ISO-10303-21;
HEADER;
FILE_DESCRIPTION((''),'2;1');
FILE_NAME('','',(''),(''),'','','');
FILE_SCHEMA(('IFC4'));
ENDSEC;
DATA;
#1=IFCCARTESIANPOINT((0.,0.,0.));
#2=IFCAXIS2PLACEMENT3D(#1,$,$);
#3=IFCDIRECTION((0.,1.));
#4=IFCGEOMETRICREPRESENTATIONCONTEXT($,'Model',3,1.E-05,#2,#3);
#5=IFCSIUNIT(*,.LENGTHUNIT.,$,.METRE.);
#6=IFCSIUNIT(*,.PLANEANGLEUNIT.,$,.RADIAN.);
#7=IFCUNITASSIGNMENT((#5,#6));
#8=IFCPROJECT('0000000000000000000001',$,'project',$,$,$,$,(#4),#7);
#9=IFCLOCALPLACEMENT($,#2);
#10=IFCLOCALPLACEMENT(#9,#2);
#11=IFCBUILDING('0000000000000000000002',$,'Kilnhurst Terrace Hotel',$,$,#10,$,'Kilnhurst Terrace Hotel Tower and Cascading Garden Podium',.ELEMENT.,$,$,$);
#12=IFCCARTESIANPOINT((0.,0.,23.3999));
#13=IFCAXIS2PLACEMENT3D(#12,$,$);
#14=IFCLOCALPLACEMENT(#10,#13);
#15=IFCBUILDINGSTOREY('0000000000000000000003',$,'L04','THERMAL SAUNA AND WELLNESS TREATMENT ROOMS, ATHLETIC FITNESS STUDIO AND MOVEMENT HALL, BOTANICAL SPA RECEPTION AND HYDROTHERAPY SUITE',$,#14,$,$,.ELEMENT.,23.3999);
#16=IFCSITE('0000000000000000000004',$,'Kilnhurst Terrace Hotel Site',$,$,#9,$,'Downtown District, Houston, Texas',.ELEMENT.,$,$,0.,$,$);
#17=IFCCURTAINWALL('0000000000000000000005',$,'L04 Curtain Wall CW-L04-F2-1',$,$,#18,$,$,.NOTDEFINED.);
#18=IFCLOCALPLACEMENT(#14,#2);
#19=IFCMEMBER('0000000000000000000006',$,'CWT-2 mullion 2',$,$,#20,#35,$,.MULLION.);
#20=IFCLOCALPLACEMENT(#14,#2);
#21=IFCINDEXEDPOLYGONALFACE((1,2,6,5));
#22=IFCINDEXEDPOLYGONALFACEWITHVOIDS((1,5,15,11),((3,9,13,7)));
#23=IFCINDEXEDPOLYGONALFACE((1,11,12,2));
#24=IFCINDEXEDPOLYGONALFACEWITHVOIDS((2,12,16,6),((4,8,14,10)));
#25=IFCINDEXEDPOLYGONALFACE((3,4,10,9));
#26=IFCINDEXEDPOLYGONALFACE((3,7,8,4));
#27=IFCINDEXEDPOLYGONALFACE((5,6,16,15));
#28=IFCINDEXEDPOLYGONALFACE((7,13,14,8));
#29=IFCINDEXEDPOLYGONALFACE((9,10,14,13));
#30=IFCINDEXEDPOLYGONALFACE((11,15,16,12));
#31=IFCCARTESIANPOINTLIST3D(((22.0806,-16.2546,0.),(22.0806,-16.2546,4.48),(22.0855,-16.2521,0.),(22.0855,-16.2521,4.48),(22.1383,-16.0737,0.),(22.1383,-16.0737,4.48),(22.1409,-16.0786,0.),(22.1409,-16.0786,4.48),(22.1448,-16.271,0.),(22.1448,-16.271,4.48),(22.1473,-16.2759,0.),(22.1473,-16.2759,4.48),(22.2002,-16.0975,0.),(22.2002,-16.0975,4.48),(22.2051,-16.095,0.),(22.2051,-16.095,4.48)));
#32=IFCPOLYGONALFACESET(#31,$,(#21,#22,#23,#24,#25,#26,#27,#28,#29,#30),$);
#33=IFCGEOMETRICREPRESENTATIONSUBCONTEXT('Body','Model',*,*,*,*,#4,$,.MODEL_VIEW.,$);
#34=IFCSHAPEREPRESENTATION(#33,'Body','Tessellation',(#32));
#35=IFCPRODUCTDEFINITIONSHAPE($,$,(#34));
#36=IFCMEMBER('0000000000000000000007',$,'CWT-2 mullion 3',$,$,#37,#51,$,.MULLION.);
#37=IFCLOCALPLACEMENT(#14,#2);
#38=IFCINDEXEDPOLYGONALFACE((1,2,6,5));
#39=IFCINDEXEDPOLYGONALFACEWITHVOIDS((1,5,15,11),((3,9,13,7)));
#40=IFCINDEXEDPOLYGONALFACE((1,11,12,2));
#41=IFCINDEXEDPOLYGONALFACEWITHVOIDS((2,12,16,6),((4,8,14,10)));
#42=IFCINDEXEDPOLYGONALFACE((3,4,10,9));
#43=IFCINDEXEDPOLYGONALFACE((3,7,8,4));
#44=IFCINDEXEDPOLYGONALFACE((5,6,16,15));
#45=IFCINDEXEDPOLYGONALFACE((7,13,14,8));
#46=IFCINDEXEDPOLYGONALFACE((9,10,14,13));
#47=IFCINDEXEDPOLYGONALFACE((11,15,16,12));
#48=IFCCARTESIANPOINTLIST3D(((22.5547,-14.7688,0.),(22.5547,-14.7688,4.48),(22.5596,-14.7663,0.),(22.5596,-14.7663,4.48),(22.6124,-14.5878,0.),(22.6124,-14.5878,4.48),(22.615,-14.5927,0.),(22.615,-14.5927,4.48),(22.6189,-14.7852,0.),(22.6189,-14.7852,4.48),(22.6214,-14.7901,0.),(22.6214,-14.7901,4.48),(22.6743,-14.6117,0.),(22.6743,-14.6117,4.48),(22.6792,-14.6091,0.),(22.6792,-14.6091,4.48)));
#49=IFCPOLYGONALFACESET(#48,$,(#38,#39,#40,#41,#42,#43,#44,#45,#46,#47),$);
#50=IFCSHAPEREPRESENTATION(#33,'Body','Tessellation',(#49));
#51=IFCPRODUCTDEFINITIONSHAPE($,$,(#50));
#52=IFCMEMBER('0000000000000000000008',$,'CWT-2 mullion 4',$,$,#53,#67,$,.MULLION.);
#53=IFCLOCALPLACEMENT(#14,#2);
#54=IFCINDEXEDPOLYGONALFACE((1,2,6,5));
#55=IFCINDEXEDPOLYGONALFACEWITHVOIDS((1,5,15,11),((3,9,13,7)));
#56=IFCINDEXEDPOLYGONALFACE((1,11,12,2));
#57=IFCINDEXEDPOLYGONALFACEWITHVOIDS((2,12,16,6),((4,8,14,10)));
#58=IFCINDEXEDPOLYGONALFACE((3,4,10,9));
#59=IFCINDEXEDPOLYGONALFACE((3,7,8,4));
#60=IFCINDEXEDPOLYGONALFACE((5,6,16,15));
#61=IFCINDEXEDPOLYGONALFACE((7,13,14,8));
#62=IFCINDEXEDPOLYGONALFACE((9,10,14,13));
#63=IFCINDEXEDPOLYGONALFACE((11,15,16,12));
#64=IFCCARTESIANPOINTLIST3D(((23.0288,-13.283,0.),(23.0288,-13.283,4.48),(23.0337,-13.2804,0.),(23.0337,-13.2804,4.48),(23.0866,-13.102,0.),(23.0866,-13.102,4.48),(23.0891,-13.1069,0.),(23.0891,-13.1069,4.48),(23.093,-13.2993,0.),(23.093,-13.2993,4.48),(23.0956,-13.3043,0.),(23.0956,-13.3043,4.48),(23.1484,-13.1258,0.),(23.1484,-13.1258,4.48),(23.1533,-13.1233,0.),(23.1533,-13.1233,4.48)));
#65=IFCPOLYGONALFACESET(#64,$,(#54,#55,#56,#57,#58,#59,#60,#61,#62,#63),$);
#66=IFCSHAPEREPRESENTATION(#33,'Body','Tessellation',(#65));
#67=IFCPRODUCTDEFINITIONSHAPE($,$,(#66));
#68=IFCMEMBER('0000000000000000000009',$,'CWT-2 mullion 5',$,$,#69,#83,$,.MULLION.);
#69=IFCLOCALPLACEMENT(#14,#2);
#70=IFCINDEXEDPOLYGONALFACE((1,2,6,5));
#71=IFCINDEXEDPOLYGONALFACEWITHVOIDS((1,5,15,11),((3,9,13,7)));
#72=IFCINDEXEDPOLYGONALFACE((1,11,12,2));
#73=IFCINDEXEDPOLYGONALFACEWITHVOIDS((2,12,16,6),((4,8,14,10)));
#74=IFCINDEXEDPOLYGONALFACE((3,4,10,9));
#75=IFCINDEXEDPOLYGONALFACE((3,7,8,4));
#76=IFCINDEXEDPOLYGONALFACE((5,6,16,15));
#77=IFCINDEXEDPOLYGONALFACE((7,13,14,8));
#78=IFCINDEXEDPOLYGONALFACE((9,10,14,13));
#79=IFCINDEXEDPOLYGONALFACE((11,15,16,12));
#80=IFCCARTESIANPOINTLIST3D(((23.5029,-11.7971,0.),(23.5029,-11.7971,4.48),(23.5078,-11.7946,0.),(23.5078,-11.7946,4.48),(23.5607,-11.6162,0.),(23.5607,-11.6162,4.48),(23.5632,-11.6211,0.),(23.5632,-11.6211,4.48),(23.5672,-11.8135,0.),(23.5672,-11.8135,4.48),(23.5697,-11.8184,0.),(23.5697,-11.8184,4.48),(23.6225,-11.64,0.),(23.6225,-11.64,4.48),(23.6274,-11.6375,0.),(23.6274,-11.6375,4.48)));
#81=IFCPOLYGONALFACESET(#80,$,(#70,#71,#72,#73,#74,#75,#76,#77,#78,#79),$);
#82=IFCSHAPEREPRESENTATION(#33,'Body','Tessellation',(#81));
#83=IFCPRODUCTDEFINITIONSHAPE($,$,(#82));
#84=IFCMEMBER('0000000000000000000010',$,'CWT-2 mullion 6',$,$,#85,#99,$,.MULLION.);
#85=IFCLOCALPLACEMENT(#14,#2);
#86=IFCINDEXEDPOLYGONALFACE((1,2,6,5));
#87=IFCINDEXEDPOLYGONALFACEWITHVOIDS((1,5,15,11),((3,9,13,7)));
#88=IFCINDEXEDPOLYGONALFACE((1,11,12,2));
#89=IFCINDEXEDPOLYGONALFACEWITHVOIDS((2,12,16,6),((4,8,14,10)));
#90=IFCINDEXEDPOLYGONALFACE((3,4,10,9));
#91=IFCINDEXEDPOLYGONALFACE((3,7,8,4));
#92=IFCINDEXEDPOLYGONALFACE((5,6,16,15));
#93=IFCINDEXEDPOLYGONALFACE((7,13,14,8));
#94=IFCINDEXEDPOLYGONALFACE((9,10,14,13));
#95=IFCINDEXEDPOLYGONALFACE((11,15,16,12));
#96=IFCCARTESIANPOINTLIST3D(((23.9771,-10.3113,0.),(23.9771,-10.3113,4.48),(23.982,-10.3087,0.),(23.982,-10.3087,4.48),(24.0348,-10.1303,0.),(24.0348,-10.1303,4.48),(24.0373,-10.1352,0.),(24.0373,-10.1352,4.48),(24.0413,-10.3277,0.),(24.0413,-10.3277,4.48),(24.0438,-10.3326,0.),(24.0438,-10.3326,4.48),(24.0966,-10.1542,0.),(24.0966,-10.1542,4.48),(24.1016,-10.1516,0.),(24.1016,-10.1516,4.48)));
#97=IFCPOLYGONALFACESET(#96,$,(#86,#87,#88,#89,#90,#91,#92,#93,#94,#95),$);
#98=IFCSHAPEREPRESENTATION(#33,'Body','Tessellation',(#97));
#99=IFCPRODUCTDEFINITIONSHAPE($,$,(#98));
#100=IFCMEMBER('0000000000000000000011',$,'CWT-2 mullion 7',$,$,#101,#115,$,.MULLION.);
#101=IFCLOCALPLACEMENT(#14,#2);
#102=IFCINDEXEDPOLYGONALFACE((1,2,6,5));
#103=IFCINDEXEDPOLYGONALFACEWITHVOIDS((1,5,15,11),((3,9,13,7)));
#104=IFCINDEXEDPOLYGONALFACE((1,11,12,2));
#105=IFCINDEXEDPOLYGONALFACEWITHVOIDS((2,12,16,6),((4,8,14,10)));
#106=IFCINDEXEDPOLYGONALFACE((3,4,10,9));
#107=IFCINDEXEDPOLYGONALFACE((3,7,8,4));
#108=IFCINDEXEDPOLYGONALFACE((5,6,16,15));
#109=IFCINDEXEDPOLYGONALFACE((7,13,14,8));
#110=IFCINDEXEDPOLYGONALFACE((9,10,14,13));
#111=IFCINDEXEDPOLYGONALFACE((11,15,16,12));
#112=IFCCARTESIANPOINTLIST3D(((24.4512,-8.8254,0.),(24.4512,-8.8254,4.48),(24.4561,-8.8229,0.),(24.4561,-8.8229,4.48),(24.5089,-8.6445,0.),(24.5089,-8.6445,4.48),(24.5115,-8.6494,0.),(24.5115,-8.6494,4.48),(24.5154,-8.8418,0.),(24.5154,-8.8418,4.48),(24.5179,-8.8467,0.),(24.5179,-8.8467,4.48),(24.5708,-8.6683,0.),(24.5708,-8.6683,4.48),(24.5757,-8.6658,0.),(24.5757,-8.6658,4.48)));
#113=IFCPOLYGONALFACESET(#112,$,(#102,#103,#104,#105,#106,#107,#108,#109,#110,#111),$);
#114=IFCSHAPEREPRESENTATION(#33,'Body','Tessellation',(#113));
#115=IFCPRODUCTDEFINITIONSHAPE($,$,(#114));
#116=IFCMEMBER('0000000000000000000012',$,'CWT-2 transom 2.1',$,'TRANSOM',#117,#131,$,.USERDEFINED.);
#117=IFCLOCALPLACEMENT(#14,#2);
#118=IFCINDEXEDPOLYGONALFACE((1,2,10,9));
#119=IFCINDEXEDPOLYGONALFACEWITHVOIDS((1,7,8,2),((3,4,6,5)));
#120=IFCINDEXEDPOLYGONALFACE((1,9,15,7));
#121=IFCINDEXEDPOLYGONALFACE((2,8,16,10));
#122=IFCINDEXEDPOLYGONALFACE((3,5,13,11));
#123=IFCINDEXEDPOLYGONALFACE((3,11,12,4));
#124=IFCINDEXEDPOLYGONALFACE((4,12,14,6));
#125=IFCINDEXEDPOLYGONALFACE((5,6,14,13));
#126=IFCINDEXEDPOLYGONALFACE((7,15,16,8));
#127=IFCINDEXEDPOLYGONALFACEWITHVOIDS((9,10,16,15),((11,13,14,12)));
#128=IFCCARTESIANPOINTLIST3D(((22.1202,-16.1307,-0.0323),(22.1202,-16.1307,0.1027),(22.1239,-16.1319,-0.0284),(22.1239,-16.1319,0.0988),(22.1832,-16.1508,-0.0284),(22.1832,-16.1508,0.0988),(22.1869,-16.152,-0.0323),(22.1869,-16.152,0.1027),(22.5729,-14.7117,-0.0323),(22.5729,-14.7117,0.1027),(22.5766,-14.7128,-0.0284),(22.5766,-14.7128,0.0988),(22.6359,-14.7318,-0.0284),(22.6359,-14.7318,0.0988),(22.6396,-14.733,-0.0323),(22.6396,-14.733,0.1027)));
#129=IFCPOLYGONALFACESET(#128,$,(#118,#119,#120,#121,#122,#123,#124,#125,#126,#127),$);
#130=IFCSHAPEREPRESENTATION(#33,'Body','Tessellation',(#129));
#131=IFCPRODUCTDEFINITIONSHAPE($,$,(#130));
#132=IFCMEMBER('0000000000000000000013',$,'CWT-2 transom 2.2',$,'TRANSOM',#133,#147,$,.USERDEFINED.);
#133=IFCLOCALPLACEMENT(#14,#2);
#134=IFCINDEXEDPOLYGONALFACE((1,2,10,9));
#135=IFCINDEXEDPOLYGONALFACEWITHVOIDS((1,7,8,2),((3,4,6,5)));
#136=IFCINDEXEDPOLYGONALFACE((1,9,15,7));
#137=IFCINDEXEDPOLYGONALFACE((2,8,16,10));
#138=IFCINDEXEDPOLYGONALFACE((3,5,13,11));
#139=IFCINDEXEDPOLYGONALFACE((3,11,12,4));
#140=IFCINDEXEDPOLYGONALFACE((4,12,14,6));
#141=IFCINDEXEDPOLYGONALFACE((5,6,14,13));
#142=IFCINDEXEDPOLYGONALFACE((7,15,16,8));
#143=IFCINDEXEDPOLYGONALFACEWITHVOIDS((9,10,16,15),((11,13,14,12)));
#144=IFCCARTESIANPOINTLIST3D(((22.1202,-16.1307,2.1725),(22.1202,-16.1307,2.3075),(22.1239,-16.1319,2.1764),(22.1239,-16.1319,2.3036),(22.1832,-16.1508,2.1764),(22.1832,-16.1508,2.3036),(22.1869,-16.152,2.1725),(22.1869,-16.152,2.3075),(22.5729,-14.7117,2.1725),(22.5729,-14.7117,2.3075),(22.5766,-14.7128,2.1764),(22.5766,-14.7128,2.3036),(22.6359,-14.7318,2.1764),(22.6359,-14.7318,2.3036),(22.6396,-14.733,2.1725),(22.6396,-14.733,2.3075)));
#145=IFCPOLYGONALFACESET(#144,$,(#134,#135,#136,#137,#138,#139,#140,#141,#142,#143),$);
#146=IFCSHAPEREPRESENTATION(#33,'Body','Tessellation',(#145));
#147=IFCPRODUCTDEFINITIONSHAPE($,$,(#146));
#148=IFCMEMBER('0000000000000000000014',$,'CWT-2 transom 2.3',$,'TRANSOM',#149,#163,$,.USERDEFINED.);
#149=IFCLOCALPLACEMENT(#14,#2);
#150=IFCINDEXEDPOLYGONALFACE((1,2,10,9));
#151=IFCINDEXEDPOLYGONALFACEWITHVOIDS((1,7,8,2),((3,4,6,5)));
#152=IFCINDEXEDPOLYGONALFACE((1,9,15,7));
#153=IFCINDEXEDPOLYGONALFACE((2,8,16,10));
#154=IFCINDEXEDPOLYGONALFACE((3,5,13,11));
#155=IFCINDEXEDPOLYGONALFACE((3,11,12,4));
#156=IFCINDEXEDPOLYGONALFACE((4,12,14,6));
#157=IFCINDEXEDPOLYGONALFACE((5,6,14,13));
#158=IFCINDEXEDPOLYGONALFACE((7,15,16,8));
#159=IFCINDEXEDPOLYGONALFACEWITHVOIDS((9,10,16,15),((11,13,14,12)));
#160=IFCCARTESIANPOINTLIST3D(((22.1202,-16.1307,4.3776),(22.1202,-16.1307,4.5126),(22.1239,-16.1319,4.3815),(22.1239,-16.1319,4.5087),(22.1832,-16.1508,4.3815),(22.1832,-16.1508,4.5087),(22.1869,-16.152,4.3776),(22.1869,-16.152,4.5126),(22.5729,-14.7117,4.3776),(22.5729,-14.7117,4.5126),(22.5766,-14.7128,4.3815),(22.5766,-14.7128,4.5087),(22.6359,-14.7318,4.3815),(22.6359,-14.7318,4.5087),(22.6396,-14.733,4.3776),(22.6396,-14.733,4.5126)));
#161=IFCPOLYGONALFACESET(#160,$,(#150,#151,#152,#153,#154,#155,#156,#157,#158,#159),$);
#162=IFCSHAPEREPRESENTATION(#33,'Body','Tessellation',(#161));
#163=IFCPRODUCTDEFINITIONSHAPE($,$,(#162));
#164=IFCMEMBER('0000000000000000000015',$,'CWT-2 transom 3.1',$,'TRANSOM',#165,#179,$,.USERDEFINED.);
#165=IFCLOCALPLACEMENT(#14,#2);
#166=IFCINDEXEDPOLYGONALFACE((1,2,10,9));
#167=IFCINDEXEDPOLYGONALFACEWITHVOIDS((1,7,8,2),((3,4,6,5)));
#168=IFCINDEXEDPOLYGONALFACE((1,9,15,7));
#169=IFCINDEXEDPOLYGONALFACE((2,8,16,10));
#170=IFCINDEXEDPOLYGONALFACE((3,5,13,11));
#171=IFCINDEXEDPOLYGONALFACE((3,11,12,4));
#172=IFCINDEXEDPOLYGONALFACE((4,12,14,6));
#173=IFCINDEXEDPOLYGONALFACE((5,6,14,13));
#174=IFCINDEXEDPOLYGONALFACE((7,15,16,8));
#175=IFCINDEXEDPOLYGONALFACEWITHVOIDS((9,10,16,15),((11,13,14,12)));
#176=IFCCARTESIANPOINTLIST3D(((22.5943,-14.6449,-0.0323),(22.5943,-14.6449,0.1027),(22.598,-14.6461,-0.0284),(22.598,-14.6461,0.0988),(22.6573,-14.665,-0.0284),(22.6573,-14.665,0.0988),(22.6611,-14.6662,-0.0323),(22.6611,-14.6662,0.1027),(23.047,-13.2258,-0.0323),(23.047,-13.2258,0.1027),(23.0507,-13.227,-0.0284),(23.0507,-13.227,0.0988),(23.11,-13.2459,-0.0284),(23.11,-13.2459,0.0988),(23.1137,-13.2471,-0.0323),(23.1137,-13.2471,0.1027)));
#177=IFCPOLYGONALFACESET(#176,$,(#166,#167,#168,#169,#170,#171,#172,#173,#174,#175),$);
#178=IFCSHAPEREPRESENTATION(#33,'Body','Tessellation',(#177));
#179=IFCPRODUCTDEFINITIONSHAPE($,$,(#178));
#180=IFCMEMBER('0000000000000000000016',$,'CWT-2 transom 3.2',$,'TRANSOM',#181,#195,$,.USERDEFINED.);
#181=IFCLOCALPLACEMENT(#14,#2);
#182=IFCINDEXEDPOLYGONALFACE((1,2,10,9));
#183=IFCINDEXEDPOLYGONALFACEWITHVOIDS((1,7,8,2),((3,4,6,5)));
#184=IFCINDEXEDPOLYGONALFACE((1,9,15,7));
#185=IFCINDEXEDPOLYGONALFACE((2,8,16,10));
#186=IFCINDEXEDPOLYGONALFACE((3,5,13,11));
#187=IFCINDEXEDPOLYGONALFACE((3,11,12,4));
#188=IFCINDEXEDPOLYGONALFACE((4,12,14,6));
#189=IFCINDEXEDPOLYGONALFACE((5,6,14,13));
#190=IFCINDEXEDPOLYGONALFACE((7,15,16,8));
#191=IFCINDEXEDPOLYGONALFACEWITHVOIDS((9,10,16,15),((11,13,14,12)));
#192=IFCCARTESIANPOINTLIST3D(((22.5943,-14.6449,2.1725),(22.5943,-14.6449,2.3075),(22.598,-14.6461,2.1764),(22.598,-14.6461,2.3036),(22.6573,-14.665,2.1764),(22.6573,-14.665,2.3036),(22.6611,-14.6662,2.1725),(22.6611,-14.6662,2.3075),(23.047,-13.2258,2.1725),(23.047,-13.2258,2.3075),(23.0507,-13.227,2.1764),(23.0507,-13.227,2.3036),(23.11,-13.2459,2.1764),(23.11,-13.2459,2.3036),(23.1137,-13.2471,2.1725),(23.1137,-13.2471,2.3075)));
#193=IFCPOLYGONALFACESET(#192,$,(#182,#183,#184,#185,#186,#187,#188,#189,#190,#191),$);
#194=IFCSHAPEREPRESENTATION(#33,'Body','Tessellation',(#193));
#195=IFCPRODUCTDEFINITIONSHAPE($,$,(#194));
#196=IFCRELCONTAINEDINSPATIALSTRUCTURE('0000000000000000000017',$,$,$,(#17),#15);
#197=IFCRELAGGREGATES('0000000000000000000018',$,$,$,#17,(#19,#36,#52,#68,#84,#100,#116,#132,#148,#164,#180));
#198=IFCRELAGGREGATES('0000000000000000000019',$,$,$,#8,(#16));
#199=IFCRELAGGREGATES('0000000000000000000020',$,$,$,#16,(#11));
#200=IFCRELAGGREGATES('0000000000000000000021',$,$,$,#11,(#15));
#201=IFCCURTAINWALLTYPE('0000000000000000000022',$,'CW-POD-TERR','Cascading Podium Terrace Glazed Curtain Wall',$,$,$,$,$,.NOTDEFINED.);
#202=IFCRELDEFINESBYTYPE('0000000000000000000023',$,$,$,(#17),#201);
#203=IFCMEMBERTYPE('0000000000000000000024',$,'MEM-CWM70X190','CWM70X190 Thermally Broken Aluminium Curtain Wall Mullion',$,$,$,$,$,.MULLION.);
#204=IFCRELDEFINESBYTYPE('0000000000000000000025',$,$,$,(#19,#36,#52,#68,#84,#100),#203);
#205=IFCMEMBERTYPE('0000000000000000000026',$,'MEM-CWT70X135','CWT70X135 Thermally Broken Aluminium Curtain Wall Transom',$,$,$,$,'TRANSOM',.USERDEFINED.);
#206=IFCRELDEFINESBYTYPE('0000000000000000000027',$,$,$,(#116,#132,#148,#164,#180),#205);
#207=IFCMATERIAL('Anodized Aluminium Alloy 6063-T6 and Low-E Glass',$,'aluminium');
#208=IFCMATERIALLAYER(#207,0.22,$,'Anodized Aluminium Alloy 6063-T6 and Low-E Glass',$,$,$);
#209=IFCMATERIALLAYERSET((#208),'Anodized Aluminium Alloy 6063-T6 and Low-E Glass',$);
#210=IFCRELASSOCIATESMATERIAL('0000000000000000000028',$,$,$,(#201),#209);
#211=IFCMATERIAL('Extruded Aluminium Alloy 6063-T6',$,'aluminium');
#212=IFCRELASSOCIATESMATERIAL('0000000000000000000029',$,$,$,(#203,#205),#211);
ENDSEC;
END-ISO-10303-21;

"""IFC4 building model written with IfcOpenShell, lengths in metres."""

from ifc_helpers import new_model, si_unit, direction, frame, origin, origin_2d, place, context, subcontext, project, spatial, hollow_rectangle, extrude, material, layer, layer_set, material_profile, profile_set, type_object, element, aggregate, save


model = new_model("IFC4")

# Units and contexts
model_context = context("Model", 3, precision=1e-05, world=origin(), true_north=direction((0.0, 1.0)))
body_context = subcontext(model_context, "Body", "Model", "MODEL_VIEW")
ifc_project = project(units=[si_unit("LENGTHUNIT", "METRE"), si_unit("PLANEANGLEUNIT", "RADIAN")], contexts=[model_context])

# Site, building, storey
site_placement = place(None, origin())
site = spatial("IfcSite", under=ifc_project, at=site_placement, Name="Kilnhurst Terrace Hotel Site", LongName="Downtown District, Houston, Texas", CompositionType="ELEMENT", RefElevation=0.0)
building_placement = place(site_placement, origin())
building = spatial("IfcBuilding", under=site, at=building_placement, Name="Kilnhurst Terrace Hotel", LongName="Kilnhurst Terrace Hotel Tower and Cascading Garden Podium", CompositionType="ELEMENT")
storey_placement = place(building_placement, frame((0.0, 0.0, 23.3999)))
storey = spatial("IfcBuildingStorey", under=building, at=storey_placement, Name="L04", Description="THERMAL SAUNA AND WELLNESS TREATMENT ROOMS, ATHLETIC FITNESS STUDIO AND MOVEMENT HALL, BOTANICAL SPA RECEPTION AND HYDROTHERAPY SUITE", CompositionType="ELEMENT", Elevation=23.3999)

# Curtain wall, members
ifc_material_1 = material(Name="Anodized Aluminium Alloy 6063-T6 and Low-E Glass", Category="aluminium")
ifc_layer_1 = layer(ifc_material_1, 0.22, Name="Anodized Aluminium Alloy 6063-T6 and Low-E Glass")
ifc_layer_set_1 = layer_set([ifc_layer_1], Name="Anodized Aluminium Alloy 6063-T6 and Low-E Glass")
curtain_wall_type = type_object("IfcCurtainWallType", Name="CW-POD-TERR", Description="Cascading Podium Terrace Glazed Curtain Wall", PredefinedType="NOTDEFINED", material=ifc_layer_set_1)
curtain_wall_placement = place(storey_placement, origin())
curtain_wall = element("IfcCurtainWall", 1, at=curtain_wall_placement, inside=storey, type_object=curtain_wall_type, Name="L04 Curtain Wall CW-L04-F2-1", PredefinedType="NOTDEFINED")
ifc_material_2 = material(Name="Extruded Aluminium Alloy 6063-T6", Category="aluminium")
ifc_material_profile_1 = material_profile(ifc_material_2, hollow_rectangle(XDim=0.0701, YDim=0.1899, WallThickness=0.0039, at=origin_2d()), Name="CWM70X190")
ifc_profile_set_1 = profile_set([ifc_material_profile_1], Name="Extruded Aluminium Alloy 6063-T6")
member_type_1 = type_object("IfcMemberType", Name="MEM-CWM70X190", Description="CWM70X190 Thermally Broken Aluminium Curtain Wall Mullion", PredefinedType="MULLION", material=ifc_profile_set_1)
member_1_placement = place(storey_placement, frame((22.1428, -16.1748, 0.0), z_axis=(0.0, 0.0, 1.0), x_axis=(-0.952675, 0.303992, 0.0)))
member_1 = element("IfcMember", 2, at=member_1_placement, type_object=member_type_1, Name="CWT-2 mullion 2", PredefinedType="MULLION", context=body_context, shape_type="SweptSolid", body=[
    extrude(hollow_rectangle(XDim=0.0701, YDim=0.1899, WallThickness=0.0039, at=origin_2d()), origin(), (0.0, 0.0, 1.0), 4.48),
])
member_2_placement = place(storey_placement, frame((22.6169, -14.689, 0.0), z_axis=(0.0, 0.0, 1.0), x_axis=(-0.952675, 0.303992, 0.0)))
member_2 = element("IfcMember", 3, at=member_2_placement, type_object=member_type_1, Name="CWT-2 mullion 3", PredefinedType="MULLION", context=body_context, shape_type="SweptSolid", body=[
    extrude(hollow_rectangle(XDim=0.0701, YDim=0.1899, WallThickness=0.0039, at=origin_2d()), origin(), (0.0, 0.0, 1.0), 4.48),
])
member_3_placement = place(storey_placement, frame((23.0911, -13.2031, 0.0), z_axis=(0.0, 0.0, 1.0), x_axis=(-0.952675, 0.303992, 0.0)))
member_3 = element("IfcMember", 4, at=member_3_placement, type_object=member_type_1, Name="CWT-2 mullion 4", PredefinedType="MULLION", context=body_context, shape_type="SweptSolid", body=[
    extrude(hollow_rectangle(XDim=0.0701, YDim=0.1899, WallThickness=0.0039, at=origin_2d()), origin(), (0.0, 0.0, 1.0), 4.48),
])
member_4_placement = place(storey_placement, frame((23.5652, -11.7173, 0.0), z_axis=(0.0, 0.0, 1.0), x_axis=(-0.952675, 0.303992, 0.0)))
member_4 = element("IfcMember", 5, at=member_4_placement, type_object=member_type_1, Name="CWT-2 mullion 5", PredefinedType="MULLION", context=body_context, shape_type="SweptSolid", body=[
    extrude(hollow_rectangle(XDim=0.0701, YDim=0.1899, WallThickness=0.0039, at=origin_2d()), origin(), (0.0, 0.0, 1.0), 4.48),
])
member_5_placement = place(storey_placement, frame((24.0393, -10.2314, 0.0), z_axis=(0.0, 0.0, 1.0), x_axis=(-0.952675, 0.303992, 0.0)))
member_5 = element("IfcMember", 6, at=member_5_placement, type_object=member_type_1, Name="CWT-2 mullion 6", PredefinedType="MULLION", context=body_context, shape_type="SweptSolid", body=[
    extrude(hollow_rectangle(XDim=0.0701, YDim=0.1899, WallThickness=0.0039, at=origin_2d()), origin(), (0.0, 0.0, 1.0), 4.48),
])
member_6_placement = place(storey_placement, frame((24.5134, -8.7456, 0.0), z_axis=(0.0, 0.0, 1.0), x_axis=(-0.952675, 0.303992, 0.0)))
member_6 = element("IfcMember", 7, at=member_6_placement, type_object=member_type_1, Name="CWT-2 mullion 7", PredefinedType="MULLION", context=body_context, shape_type="SweptSolid", body=[
    extrude(hollow_rectangle(XDim=0.0701, YDim=0.1899, WallThickness=0.0039, at=origin_2d()), origin(), (0.0, 0.0, 1.0), 4.48),
])
ifc_material_profile_2 = material_profile(ifc_material_2, hollow_rectangle(XDim=0.0701, YDim=0.135, WallThickness=0.0039, at=origin_2d()), Name="CWT70X135")
ifc_profile_set_2 = profile_set([ifc_material_profile_2], Name="Extruded Aluminium Alloy 6063-T6")
member_type_2 = type_object("IfcMemberType", Name="MEM-CWT70X135", Description="CWT70X135 Thermally Broken Aluminium Curtain Wall Transom", ElementType="TRANSOM", PredefinedType="USERDEFINED", material=ifc_profile_set_2)
member_7_placement = place(storey_placement, frame((22.1536, -16.1414, 0.0352), z_axis=(0.303907, 0.952702, 0.0), x_axis=(-0.952702, 0.303907, 0.0)))
member_7 = element("IfcMember", 8, at=member_7_placement, type_object=member_type_2, Name="CWT-2 transom 2.1", ObjectType="TRANSOM", PredefinedType="USERDEFINED", context=body_context, shape_type="SweptSolid", body=[
    extrude(hollow_rectangle(XDim=0.0701, YDim=0.135, WallThickness=0.0039, at=origin_2d()), origin(), (0.0, 0.0, 1.0), 1.4895),
])
member_8_placement = place(storey_placement, frame((22.1536, -16.1414, 2.24), z_axis=(0.303907, 0.952702, 0.0), x_axis=(-0.952702, 0.303907, 0.0)))
member_8 = element("IfcMember", 9, at=member_8_placement, type_object=member_type_2, Name="CWT-2 transom 2.2", ObjectType="TRANSOM", PredefinedType="USERDEFINED", context=body_context, shape_type="SweptSolid", body=[
    extrude(hollow_rectangle(XDim=0.0701, YDim=0.135, WallThickness=0.0039, at=origin_2d()), origin(), (0.0, 0.0, 1.0), 1.4895),
])
member_9_placement = place(storey_placement, frame((22.1536, -16.1414, 4.4451), z_axis=(0.303907, 0.952702, 0.0), x_axis=(-0.952702, 0.303907, 0.0)))
member_9 = element("IfcMember", 10, at=member_9_placement, type_object=member_type_2, Name="CWT-2 transom 2.3", ObjectType="TRANSOM", PredefinedType="USERDEFINED", context=body_context, shape_type="SweptSolid", body=[
    extrude(hollow_rectangle(XDim=0.0701, YDim=0.135, WallThickness=0.0039, at=origin_2d()), origin(), (0.0, 0.0, 1.0), 1.4895),
])
member_10_placement = place(storey_placement, frame((22.6277, -14.6555, 0.0352), z_axis=(0.303907, 0.952702, 0.0), x_axis=(-0.952702, 0.303907, 0.0)))
member_10 = element("IfcMember", 11, at=member_10_placement, type_object=member_type_2, Name="CWT-2 transom 3.1", ObjectType="TRANSOM", PredefinedType="USERDEFINED", context=body_context, shape_type="SweptSolid", body=[
    extrude(hollow_rectangle(XDim=0.0701, YDim=0.135, WallThickness=0.0039, at=origin_2d()), origin(), (0.0, 0.0, 1.0), 1.4895),
])
member_11_placement = place(storey_placement, frame((22.6277, -14.6555, 2.24), z_axis=(0.303907, 0.952702, 0.0), x_axis=(-0.952702, 0.303907, 0.0)))
member_11 = element("IfcMember", 12, at=member_11_placement, type_object=member_type_2, Name="CWT-2 transom 3.2", ObjectType="TRANSOM", PredefinedType="USERDEFINED", context=body_context, shape_type="SweptSolid", body=[
    extrude(hollow_rectangle(XDim=0.0701, YDim=0.135, WallThickness=0.0039, at=origin_2d()), origin(), (0.0, 0.0, 1.0), 1.4895),
])
aggregate(curtain_wall, [member_1, member_2, member_3, member_4, member_5, member_6, member_7, member_8, member_9, member_10, member_11])

save(model, "model.ifc")
